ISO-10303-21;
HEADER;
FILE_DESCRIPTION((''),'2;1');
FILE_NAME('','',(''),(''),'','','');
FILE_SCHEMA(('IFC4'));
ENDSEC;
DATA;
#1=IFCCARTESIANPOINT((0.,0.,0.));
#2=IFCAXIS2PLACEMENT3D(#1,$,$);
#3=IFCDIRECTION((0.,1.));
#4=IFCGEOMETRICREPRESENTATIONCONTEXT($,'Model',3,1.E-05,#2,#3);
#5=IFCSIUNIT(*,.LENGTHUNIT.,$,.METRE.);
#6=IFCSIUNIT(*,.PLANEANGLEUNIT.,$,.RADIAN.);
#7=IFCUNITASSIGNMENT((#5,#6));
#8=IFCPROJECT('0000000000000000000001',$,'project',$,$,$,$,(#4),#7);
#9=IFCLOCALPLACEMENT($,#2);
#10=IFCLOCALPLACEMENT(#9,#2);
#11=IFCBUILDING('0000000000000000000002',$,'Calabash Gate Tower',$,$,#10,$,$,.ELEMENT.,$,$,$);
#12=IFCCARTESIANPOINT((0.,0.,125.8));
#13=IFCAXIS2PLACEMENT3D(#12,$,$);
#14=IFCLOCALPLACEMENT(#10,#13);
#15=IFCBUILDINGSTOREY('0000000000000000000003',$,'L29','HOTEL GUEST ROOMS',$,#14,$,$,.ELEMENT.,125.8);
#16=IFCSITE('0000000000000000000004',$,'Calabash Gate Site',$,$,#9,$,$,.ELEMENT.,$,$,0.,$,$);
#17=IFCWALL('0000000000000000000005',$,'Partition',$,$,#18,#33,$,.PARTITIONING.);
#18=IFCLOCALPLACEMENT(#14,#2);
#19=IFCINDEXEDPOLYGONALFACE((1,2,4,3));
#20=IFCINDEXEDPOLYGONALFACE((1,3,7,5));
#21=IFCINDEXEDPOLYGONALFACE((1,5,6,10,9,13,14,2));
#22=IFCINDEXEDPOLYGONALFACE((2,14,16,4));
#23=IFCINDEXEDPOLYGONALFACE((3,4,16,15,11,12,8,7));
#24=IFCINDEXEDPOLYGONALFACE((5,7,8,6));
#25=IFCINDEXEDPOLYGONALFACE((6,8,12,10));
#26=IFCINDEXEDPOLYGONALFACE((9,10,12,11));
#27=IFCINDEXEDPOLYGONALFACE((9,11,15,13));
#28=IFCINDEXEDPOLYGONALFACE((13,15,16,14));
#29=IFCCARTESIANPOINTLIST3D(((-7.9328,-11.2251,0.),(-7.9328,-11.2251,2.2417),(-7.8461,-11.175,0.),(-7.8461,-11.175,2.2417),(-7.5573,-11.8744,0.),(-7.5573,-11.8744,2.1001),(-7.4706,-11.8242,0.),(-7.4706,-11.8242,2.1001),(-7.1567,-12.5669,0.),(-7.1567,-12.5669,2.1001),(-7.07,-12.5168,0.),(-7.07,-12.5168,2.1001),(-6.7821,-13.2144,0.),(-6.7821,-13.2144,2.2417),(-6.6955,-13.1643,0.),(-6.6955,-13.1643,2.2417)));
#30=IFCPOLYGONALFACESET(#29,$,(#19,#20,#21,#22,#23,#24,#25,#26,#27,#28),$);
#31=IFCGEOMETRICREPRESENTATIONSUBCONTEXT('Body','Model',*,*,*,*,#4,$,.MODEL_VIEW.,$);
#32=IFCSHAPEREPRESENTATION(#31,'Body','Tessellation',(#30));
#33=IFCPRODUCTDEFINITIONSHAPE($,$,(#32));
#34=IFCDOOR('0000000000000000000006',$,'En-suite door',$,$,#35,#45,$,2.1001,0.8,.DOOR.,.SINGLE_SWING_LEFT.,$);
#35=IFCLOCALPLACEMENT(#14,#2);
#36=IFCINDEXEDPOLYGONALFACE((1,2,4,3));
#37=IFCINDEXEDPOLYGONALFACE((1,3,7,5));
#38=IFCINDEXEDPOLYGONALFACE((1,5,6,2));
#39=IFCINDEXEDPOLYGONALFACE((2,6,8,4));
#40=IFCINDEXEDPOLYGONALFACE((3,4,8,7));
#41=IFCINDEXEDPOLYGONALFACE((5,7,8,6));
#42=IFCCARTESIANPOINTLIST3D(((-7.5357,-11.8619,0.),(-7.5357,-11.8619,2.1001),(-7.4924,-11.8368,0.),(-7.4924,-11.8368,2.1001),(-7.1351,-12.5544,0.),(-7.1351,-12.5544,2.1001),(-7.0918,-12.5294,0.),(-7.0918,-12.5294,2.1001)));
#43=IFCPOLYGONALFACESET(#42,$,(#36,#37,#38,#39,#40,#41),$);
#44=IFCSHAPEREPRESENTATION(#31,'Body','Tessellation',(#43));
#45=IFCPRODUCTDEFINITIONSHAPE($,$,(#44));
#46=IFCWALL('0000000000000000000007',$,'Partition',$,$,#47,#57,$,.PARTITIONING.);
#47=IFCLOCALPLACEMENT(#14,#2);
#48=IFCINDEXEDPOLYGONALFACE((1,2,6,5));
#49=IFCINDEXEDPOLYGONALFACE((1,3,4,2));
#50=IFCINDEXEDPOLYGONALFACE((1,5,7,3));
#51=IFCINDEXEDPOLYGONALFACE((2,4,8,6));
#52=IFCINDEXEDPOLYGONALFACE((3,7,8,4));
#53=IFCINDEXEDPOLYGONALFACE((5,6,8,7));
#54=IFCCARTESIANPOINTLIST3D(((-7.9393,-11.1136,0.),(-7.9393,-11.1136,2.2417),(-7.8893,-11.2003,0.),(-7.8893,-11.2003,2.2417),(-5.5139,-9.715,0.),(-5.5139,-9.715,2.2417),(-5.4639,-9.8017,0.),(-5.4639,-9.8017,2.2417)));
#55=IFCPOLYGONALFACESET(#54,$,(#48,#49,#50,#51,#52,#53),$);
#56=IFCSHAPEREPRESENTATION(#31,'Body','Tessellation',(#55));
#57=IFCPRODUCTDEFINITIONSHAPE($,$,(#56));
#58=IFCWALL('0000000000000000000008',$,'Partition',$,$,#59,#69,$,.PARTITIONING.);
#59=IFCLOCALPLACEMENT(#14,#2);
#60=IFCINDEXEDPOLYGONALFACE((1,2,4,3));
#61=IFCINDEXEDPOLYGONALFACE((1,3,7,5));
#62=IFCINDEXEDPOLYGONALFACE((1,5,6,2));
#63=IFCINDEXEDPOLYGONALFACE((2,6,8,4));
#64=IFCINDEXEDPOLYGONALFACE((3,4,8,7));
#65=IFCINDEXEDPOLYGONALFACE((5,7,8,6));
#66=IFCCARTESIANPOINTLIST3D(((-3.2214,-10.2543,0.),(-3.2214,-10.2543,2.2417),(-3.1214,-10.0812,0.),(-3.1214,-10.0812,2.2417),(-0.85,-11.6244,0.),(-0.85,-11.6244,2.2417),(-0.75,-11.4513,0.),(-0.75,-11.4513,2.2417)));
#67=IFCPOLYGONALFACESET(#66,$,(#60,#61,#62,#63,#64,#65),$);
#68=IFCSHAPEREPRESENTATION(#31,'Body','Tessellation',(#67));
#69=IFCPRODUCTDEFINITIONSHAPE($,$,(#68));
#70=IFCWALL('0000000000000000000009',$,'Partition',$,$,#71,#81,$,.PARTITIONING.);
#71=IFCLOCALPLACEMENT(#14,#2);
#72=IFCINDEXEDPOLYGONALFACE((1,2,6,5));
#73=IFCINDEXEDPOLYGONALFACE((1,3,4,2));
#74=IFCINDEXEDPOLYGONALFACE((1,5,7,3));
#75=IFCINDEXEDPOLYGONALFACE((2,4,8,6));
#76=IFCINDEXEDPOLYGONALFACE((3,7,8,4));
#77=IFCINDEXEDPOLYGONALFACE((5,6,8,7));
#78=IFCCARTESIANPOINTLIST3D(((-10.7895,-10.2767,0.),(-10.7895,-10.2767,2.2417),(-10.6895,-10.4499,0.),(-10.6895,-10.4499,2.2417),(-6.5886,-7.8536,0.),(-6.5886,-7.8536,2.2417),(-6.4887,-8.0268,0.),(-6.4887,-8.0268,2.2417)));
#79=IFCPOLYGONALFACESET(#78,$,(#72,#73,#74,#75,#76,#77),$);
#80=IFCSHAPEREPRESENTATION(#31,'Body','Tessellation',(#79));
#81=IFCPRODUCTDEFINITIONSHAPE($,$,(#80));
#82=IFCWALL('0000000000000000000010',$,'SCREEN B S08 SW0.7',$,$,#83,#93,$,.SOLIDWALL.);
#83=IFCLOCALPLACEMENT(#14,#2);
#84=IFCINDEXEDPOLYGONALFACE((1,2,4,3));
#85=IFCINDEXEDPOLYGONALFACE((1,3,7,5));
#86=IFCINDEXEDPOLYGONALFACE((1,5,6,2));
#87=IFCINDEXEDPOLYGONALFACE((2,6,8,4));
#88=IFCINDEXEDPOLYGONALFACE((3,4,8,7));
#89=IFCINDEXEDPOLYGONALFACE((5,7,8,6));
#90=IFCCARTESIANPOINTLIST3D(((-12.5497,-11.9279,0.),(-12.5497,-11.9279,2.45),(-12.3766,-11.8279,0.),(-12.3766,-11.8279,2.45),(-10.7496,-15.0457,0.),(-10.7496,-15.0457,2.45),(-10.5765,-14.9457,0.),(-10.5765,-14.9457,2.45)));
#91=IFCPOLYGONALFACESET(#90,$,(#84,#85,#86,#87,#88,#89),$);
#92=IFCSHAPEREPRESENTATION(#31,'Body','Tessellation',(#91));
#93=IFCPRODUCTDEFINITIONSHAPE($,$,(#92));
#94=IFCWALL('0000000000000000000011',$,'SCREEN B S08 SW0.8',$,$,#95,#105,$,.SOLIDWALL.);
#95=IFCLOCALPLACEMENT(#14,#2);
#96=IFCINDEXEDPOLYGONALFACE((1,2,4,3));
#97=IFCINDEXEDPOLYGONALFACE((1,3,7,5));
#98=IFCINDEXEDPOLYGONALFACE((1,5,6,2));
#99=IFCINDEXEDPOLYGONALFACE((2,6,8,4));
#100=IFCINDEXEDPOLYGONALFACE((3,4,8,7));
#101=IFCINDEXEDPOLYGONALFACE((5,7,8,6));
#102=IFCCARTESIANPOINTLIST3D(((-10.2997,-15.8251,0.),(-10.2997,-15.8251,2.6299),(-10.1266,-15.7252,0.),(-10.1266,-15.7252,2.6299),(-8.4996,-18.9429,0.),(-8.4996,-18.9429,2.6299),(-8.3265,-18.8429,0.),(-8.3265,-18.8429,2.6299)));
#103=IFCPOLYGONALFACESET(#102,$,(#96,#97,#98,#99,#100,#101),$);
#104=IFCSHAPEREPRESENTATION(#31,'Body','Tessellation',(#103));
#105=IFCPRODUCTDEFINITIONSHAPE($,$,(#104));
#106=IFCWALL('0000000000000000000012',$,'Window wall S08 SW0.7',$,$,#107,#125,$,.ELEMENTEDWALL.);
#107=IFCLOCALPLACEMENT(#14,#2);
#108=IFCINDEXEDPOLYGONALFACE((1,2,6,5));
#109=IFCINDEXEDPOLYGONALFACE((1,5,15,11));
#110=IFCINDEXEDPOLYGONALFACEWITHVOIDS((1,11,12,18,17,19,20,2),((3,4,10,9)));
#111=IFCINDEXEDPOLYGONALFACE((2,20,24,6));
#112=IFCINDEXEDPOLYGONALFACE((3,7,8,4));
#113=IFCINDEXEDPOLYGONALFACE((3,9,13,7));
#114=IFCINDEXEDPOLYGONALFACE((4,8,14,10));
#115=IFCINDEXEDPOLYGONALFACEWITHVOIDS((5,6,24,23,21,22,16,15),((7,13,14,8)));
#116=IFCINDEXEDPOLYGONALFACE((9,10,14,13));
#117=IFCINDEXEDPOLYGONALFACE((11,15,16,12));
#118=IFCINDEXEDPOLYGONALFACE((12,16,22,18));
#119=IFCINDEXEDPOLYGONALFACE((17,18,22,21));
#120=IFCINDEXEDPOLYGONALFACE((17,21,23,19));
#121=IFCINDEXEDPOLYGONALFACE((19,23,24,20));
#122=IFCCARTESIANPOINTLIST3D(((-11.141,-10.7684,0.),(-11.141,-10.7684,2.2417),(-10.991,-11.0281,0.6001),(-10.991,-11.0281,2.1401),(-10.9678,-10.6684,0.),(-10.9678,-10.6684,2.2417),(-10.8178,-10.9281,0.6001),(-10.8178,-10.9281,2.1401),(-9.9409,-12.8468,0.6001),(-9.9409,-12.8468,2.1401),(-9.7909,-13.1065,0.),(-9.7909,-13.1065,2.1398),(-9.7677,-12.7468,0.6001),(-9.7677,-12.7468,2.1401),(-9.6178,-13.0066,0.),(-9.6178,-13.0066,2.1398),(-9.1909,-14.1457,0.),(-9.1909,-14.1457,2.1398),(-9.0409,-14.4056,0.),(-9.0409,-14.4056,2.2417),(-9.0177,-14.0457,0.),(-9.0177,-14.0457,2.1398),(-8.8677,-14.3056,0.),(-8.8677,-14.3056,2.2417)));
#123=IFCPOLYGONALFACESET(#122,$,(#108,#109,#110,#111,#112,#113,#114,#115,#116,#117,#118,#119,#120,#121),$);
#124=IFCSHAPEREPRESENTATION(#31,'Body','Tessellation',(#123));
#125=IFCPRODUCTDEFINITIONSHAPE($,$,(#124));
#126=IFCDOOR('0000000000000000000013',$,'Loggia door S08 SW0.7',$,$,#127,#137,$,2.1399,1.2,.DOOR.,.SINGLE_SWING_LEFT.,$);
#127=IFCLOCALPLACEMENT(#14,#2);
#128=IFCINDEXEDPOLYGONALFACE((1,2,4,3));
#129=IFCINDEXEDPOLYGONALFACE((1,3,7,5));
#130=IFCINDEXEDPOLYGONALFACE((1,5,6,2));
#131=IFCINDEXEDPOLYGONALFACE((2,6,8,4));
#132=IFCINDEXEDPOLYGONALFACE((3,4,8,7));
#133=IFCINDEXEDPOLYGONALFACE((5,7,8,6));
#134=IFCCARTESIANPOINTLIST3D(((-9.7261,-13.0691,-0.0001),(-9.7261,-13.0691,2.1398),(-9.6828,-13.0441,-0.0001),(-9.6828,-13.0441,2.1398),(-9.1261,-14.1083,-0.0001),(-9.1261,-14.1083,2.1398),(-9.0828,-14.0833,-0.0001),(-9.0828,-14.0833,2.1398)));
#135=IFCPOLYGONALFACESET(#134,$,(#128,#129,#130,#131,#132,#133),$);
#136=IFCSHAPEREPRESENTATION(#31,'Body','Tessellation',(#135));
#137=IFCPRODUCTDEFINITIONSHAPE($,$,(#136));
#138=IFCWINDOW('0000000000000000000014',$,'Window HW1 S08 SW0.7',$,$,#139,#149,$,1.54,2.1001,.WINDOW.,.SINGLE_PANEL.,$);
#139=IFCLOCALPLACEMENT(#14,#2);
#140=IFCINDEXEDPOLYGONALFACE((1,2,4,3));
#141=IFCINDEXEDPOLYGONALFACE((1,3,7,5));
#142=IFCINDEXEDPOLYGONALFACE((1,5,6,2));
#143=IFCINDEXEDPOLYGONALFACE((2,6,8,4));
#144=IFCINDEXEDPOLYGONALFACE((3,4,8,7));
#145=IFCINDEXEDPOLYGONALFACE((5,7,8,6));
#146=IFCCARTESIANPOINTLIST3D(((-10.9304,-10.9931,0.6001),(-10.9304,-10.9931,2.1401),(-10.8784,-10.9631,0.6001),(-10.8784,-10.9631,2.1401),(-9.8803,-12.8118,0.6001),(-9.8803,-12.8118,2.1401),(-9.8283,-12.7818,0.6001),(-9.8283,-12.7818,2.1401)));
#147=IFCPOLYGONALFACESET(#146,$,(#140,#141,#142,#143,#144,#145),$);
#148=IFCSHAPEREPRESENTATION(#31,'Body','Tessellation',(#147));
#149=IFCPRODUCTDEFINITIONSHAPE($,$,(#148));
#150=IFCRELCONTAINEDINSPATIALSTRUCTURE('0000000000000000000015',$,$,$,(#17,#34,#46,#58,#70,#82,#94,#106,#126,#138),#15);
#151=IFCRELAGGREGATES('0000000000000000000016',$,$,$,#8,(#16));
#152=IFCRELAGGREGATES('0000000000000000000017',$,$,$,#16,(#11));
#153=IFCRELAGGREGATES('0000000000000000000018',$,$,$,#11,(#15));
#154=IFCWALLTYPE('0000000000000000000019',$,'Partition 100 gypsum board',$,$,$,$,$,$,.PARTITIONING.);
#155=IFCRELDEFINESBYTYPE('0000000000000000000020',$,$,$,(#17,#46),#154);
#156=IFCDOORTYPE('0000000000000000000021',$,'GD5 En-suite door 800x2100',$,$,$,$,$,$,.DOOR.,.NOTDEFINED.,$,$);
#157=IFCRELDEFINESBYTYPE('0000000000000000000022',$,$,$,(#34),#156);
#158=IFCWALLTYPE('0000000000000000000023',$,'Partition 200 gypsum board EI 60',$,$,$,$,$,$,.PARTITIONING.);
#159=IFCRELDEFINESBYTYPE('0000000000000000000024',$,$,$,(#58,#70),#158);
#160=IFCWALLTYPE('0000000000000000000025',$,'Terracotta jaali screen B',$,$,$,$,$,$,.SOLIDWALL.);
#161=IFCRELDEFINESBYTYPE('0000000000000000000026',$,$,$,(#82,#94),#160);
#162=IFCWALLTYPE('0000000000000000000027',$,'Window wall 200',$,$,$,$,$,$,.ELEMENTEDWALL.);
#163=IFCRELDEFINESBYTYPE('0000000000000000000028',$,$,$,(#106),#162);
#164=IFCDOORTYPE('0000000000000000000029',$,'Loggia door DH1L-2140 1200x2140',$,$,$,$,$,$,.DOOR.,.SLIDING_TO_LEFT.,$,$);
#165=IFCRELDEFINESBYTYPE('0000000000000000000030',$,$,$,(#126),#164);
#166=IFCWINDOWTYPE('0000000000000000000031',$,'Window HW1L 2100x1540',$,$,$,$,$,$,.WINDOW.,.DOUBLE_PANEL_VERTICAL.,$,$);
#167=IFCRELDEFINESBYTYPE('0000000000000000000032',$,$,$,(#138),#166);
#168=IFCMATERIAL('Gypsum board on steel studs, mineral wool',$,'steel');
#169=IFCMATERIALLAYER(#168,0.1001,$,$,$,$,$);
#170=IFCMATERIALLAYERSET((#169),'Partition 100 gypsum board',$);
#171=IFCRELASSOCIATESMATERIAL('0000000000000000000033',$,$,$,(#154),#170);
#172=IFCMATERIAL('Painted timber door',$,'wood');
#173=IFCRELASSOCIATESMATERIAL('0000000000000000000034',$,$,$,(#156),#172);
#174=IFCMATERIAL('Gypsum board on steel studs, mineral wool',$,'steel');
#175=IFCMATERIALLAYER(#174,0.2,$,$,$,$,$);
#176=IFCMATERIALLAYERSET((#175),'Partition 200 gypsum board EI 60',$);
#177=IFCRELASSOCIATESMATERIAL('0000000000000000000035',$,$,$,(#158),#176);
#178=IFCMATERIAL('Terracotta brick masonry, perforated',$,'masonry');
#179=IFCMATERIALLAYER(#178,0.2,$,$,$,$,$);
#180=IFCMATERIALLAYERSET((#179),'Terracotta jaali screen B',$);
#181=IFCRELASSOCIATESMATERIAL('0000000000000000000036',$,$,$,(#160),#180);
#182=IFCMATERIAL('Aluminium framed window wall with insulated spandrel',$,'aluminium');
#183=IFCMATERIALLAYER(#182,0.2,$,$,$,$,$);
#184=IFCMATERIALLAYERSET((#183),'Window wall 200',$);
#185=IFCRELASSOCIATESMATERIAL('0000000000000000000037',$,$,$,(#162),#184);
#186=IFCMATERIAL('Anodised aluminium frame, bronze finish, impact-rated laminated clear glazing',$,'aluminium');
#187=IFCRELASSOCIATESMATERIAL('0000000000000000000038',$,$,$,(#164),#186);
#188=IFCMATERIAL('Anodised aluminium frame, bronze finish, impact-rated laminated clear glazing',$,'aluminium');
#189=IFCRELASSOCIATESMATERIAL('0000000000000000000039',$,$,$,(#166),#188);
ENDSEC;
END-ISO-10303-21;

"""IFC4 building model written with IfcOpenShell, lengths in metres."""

from ifc_helpers import new_model, si_unit, direction, frame, frame_2d, origin, place, context, subcontext, project, spatial, rectangle, extrude, material, layer, layer_set, type_object, element, fill, save


model = new_model("IFC4")

# Units and contexts
model_context = context("Model", 3, precision=1e-05, world=origin(), true_north=direction((0.0, 1.0)))
body_context = subcontext(model_context, "Body", "Model", "MODEL_VIEW")
ifc_project = project(units=[si_unit("LENGTHUNIT", "METRE"), si_unit("PLANEANGLEUNIT", "RADIAN")], contexts=[model_context])

# Site, building, storey
site_placement = place(None, origin())
site = spatial("IfcSite", under=ifc_project, at=site_placement, Name="Calabash Gate Site", CompositionType="ELEMENT", RefElevation=0.0)
building_placement = place(site_placement, origin())
building = spatial("IfcBuilding", under=site, at=building_placement, Name="Calabash Gate Tower", CompositionType="ELEMENT")
storey_placement = place(building_placement, frame((0.0, 0.0, 125.8)))
storey = spatial("IfcBuildingStorey", under=building, at=storey_placement, Name="L29", Description="HOTEL GUEST ROOMS", CompositionType="ELEMENT", Elevation=125.8)

# Wall, opening, door
ifc_material_1 = material(Name="Gypsum board on steel studs, mineral wool", Category="steel")
ifc_layer_1 = layer(ifc_material_1, 0.1001)
ifc_layer_set_1 = layer_set([ifc_layer_1], Name="Partition 100 gypsum board")
wall_type_1 = type_object("IfcWallType", Name="Partition 100 gypsum board", PredefinedType="PARTITIONING", material=ifc_layer_set_1)
wall_1_placement = place(storey_placement, frame((-7.8894, -11.2002, 0.0), z_axis=(0.0, 0.0, 1.0), x_axis=(0.500697, -0.865623, 0.0)))
wall_1 = element("IfcWall", 1, at=wall_1_placement, inside=storey, type_object=wall_type_1, Name="Partition", PredefinedType="PARTITIONING", context=body_context, shape_type="SweptSolid", body=[
    extrude(rectangle(XDim=2.2981, YDim=0.1001, at=frame_2d((1.1489, 0.0))), origin(), (0.0, 0.0, 1.0), 2.2417),
])
opening_1_placement = place(wall_1_placement, frame((0.75, 0.0, 0.0)))
opening_1 = element("IfcOpeningElement", 2, at=opening_1_placement, cuts=wall_1, PredefinedType="OPENING", context=body_context, shape_type="SweptSolid", body=[
    extrude(rectangle(XDim=0.8, YDim=2.1001, at=frame_2d((0.3999, 1.05))), frame((0.0, 0.0601, 0.0), z_axis=(0.0, -1.0, 0.0), x_axis=(1.0, 0.0, 0.0)), (0.0, 0.0, 1.0), 0.1201),
])
ifc_material_2 = material(Name="Painted timber door", Category="wood")
door_type_1 = type_object("IfcDoorType", Name="GD5 En-suite door 800x2100", OperationType="NOTDEFINED", PredefinedType="DOOR", material=ifc_material_2)
door_1_placement = place(opening_1_placement, origin())
door_1 = element("IfcDoor", 3, at=door_1_placement, inside=storey, type_object=door_type_1, Name="En-suite door", OperationType="SINGLE_SWING_LEFT", OverallHeight=2.1001, OverallWidth=0.8, PredefinedType="DOOR", context=body_context, shape_type="SweptSolid", body=[
    extrude(rectangle(XDim=0.8, YDim=2.1001, at=frame_2d((0.3999, 1.05))), frame((0.0, 0.0249, 0.0), z_axis=(0.0, -1.0, 0.0), x_axis=(1.0, 0.0, 0.0)), (0.0, 0.0, 1.0), 0.05),
])
fill(opening_1, door_1)

# Walls
wall_2_placement = place(storey_placement, frame((-7.9143, -11.157, 0.0), z_axis=(0.0, 0.0, 1.0), x_axis=(0.866289, 0.499544, 0.0)))
element("IfcWall", 4, at=wall_2_placement, inside=storey, type_object=wall_type_1, Name="Partition", PredefinedType="PARTITIONING", context=body_context, shape_type="SweptSolid", body=[
    extrude(rectangle(XDim=2.7998, YDim=0.1001, at=frame_2d((1.3999, 0.0))), origin(), (0.0, 0.0, 1.0), 2.2417),
])
ifc_material_3 = material(Name="Gypsum board on steel studs, mineral wool", Category="steel")
ifc_layer_2 = layer(ifc_material_3, 0.2)
ifc_layer_set_2 = layer_set([ifc_layer_2], Name="Partition 200 gypsum board EI 60")
wall_type_2 = type_object("IfcWallType", Name="Partition 200 gypsum board EI 60", PredefinedType="PARTITIONING", material=ifc_layer_set_2)
wall_3_placement = place(storey_placement, frame((-3.1714, -10.1677, 0.0), z_axis=(0.0, 0.0, 1.0), x_axis=(0.865863, -0.500281, 0.0)))
element("IfcWall", 5, at=wall_3_placement, inside=storey, type_object=wall_type_2, Name="Partition", PredefinedType="PARTITIONING", context=body_context, shape_type="SweptSolid", body=[
    extrude(rectangle(XDim=2.7388, YDim=0.2, at=frame_2d((1.3694, 0.0))), origin(), (0.0, 0.0, 1.0), 2.2417),
])
wall_4_placement = place(storey_placement, frame((-10.7395, -10.3633, 0.0), z_axis=(0.0, 0.0, 1.0), x_axis=(0.866232, 0.499643, 0.0)))
element("IfcWall", 6, at=wall_4_placement, inside=storey, type_object=wall_type_2, Name="Partition", PredefinedType="PARTITIONING", context=body_context, shape_type="SweptSolid", body=[
    extrude(rectangle(XDim=4.8496, YDim=0.2, at=frame_2d((2.4248, 0.0))), origin(), (0.0, 0.0, 1.0), 2.2417),
])
ifc_material_4 = material(Name="Terracotta brick masonry, perforated", Category="masonry")
ifc_layer_3 = layer(ifc_material_4, 0.2)
ifc_layer_set_3 = layer_set([ifc_layer_3], Name="Terracotta jaali screen B")
wall_type_3 = type_object("IfcWallType", Name="Terracotta jaali screen B", PredefinedType="SOLIDWALL", material=ifc_layer_set_3)
wall_5_placement = place(storey_placement, frame((-12.4631, -11.8779, 0.0), z_axis=(0.0, 0.0, 1.0), x_axis=(0.500012, -0.866018, 0.0)))
element("IfcWall", 7, at=wall_5_placement, inside=storey, type_object=wall_type_3, Name="SCREEN B S08 SW0.7", PredefinedType="SOLIDWALL", context=body_context, shape_type="SweptSolid", body=[
    extrude(rectangle(XDim=3.6001, YDim=0.2, at=frame_2d((1.8, 0.0))), origin(), (0.0, 0.0, 1.0), 2.45),
])
wall_6_placement = place(storey_placement, frame((-10.2131, -15.7751, 0.0), z_axis=(0.0, 0.0, 1.0), x_axis=(0.500012, -0.866018, 0.0)))
element("IfcWall", 8, at=wall_6_placement, inside=storey, type_object=wall_type_3, Name="SCREEN B S08 SW0.8", PredefinedType="SOLIDWALL", context=body_context, shape_type="SweptSolid", body=[
    extrude(rectangle(XDim=3.6001, YDim=0.2, at=frame_2d((1.8, 0.0))), origin(), (0.0, 0.0, 1.0), 2.6299),
])

# Wall, openings, door, window
ifc_material_5 = material(Name="Aluminium framed window wall with insulated spandrel", Category="aluminium")
ifc_layer_4 = layer(ifc_material_5, 0.2)
ifc_layer_set_4 = layer_set([ifc_layer_4], Name="Window wall 200")
wall_type_4 = type_object("IfcWallType", Name="Window wall 200", PredefinedType="ELEMENTEDWALL", material=ifc_layer_set_4)
wall_7_placement = place(storey_placement, frame((-11.0544, -10.7183, 0.0), z_axis=(0.0, 0.0, 1.0), x_axis=(0.500028, -0.866009, 0.0)))
wall_7 = element("IfcWall", 9, at=wall_7_placement, inside=storey, type_object=wall_type_4, Name="Window wall S08 SW0.7", PredefinedType="ELEMENTEDWALL", context=body_context, shape_type="SweptSolid", body=[
    extrude(rectangle(XDim=4.2, YDim=0.2, at=frame_2d((2.1001, 0.0))), origin(), (0.0, 0.0, 1.0), 2.2417),
])
opening_2_placement = place(wall_7_placement, frame((0.3, 0.0, 0.6001)))
opening_2 = element("IfcOpeningElement", 10, at=opening_2_placement, cuts=wall_7, PredefinedType="OPENING", context=body_context, shape_type="SweptSolid", body=[
    extrude(rectangle(XDim=2.1001, YDim=1.54, at=frame_2d((1.05, 0.77))), frame((0.0, 0.1099, 0.0), z_axis=(0.0, -1.0, 0.0), x_axis=(1.0, 0.0, 0.0)), (0.0, 0.0, 1.0), 0.22),
])
opening_3_placement = place(wall_7_placement, frame((2.7, 0.0, 0.0)))
opening_3 = element("IfcOpeningElement", 11, at=opening_3_placement, cuts=wall_7, PredefinedType="OPENING", context=body_context, shape_type="SweptSolid", body=[
    extrude(rectangle(XDim=1.2, YDim=2.1399, at=frame_2d((0.6001, 1.0698))), frame((0.0, 0.1099, 0.0), z_axis=(0.0, -1.0, 0.0), x_axis=(1.0, 0.0, 0.0)), (0.0, 0.0, 1.0), 0.22),
])
ifc_material_6 = material(Name="Anodised aluminium frame, bronze finish, impact-rated laminated clear glazing", Category="aluminium")
door_type_2 = type_object("IfcDoorType", Name="Loggia door DH1L-2140 1200x2140", OperationType="SLIDING_TO_LEFT", PredefinedType="DOOR", material=ifc_material_6)
door_2_placement = place(opening_3_placement, origin())
door_2 = element("IfcDoor", 12, at=door_2_placement, inside=storey, type_object=door_type_2, Name="Loggia door S08 SW0.7", OperationType="SINGLE_SWING_LEFT", OverallHeight=2.1399, OverallWidth=1.2, PredefinedType="DOOR", context=body_context, shape_type="SweptSolid", body=[
    extrude(rectangle(XDim=1.2, YDim=2.1399, at=frame_2d((0.6001, 1.0698))), frame((0.0, 0.0249, 0.0), z_axis=(0.0, -1.0, 0.0), x_axis=(1.0, 0.0, 0.0)), (0.0, 0.0, 1.0), 0.05),
])
fill(opening_3, door_2)
ifc_material_7 = material(Name="Anodised aluminium frame, bronze finish, impact-rated laminated clear glazing", Category="aluminium")
window_type_1 = type_object("IfcWindowType", Name="Window HW1L 2100x1540", PartitioningType="DOUBLE_PANEL_VERTICAL", PredefinedType="WINDOW", material=ifc_material_7)
window_1_placement = place(opening_2_placement, origin())
window_1 = element("IfcWindow", 13, at=window_1_placement, inside=storey, type_object=window_type_1, Name="Window HW1 S08 SW0.7", OverallHeight=1.54, OverallWidth=2.1001, PartitioningType="SINGLE_PANEL", PredefinedType="WINDOW", context=body_context, shape_type="SweptSolid", body=[
    extrude(rectangle(XDim=2.1001, YDim=1.54, at=frame_2d((1.05, 0.77))), frame((0.0, 0.03, 0.0), z_axis=(0.0, -1.0, 0.0), x_axis=(1.0, 0.0, 0.0)), (0.0, 0.0, 1.0), 0.0601),
])
fill(opening_2, window_1)

save(model, "model.ifc")
